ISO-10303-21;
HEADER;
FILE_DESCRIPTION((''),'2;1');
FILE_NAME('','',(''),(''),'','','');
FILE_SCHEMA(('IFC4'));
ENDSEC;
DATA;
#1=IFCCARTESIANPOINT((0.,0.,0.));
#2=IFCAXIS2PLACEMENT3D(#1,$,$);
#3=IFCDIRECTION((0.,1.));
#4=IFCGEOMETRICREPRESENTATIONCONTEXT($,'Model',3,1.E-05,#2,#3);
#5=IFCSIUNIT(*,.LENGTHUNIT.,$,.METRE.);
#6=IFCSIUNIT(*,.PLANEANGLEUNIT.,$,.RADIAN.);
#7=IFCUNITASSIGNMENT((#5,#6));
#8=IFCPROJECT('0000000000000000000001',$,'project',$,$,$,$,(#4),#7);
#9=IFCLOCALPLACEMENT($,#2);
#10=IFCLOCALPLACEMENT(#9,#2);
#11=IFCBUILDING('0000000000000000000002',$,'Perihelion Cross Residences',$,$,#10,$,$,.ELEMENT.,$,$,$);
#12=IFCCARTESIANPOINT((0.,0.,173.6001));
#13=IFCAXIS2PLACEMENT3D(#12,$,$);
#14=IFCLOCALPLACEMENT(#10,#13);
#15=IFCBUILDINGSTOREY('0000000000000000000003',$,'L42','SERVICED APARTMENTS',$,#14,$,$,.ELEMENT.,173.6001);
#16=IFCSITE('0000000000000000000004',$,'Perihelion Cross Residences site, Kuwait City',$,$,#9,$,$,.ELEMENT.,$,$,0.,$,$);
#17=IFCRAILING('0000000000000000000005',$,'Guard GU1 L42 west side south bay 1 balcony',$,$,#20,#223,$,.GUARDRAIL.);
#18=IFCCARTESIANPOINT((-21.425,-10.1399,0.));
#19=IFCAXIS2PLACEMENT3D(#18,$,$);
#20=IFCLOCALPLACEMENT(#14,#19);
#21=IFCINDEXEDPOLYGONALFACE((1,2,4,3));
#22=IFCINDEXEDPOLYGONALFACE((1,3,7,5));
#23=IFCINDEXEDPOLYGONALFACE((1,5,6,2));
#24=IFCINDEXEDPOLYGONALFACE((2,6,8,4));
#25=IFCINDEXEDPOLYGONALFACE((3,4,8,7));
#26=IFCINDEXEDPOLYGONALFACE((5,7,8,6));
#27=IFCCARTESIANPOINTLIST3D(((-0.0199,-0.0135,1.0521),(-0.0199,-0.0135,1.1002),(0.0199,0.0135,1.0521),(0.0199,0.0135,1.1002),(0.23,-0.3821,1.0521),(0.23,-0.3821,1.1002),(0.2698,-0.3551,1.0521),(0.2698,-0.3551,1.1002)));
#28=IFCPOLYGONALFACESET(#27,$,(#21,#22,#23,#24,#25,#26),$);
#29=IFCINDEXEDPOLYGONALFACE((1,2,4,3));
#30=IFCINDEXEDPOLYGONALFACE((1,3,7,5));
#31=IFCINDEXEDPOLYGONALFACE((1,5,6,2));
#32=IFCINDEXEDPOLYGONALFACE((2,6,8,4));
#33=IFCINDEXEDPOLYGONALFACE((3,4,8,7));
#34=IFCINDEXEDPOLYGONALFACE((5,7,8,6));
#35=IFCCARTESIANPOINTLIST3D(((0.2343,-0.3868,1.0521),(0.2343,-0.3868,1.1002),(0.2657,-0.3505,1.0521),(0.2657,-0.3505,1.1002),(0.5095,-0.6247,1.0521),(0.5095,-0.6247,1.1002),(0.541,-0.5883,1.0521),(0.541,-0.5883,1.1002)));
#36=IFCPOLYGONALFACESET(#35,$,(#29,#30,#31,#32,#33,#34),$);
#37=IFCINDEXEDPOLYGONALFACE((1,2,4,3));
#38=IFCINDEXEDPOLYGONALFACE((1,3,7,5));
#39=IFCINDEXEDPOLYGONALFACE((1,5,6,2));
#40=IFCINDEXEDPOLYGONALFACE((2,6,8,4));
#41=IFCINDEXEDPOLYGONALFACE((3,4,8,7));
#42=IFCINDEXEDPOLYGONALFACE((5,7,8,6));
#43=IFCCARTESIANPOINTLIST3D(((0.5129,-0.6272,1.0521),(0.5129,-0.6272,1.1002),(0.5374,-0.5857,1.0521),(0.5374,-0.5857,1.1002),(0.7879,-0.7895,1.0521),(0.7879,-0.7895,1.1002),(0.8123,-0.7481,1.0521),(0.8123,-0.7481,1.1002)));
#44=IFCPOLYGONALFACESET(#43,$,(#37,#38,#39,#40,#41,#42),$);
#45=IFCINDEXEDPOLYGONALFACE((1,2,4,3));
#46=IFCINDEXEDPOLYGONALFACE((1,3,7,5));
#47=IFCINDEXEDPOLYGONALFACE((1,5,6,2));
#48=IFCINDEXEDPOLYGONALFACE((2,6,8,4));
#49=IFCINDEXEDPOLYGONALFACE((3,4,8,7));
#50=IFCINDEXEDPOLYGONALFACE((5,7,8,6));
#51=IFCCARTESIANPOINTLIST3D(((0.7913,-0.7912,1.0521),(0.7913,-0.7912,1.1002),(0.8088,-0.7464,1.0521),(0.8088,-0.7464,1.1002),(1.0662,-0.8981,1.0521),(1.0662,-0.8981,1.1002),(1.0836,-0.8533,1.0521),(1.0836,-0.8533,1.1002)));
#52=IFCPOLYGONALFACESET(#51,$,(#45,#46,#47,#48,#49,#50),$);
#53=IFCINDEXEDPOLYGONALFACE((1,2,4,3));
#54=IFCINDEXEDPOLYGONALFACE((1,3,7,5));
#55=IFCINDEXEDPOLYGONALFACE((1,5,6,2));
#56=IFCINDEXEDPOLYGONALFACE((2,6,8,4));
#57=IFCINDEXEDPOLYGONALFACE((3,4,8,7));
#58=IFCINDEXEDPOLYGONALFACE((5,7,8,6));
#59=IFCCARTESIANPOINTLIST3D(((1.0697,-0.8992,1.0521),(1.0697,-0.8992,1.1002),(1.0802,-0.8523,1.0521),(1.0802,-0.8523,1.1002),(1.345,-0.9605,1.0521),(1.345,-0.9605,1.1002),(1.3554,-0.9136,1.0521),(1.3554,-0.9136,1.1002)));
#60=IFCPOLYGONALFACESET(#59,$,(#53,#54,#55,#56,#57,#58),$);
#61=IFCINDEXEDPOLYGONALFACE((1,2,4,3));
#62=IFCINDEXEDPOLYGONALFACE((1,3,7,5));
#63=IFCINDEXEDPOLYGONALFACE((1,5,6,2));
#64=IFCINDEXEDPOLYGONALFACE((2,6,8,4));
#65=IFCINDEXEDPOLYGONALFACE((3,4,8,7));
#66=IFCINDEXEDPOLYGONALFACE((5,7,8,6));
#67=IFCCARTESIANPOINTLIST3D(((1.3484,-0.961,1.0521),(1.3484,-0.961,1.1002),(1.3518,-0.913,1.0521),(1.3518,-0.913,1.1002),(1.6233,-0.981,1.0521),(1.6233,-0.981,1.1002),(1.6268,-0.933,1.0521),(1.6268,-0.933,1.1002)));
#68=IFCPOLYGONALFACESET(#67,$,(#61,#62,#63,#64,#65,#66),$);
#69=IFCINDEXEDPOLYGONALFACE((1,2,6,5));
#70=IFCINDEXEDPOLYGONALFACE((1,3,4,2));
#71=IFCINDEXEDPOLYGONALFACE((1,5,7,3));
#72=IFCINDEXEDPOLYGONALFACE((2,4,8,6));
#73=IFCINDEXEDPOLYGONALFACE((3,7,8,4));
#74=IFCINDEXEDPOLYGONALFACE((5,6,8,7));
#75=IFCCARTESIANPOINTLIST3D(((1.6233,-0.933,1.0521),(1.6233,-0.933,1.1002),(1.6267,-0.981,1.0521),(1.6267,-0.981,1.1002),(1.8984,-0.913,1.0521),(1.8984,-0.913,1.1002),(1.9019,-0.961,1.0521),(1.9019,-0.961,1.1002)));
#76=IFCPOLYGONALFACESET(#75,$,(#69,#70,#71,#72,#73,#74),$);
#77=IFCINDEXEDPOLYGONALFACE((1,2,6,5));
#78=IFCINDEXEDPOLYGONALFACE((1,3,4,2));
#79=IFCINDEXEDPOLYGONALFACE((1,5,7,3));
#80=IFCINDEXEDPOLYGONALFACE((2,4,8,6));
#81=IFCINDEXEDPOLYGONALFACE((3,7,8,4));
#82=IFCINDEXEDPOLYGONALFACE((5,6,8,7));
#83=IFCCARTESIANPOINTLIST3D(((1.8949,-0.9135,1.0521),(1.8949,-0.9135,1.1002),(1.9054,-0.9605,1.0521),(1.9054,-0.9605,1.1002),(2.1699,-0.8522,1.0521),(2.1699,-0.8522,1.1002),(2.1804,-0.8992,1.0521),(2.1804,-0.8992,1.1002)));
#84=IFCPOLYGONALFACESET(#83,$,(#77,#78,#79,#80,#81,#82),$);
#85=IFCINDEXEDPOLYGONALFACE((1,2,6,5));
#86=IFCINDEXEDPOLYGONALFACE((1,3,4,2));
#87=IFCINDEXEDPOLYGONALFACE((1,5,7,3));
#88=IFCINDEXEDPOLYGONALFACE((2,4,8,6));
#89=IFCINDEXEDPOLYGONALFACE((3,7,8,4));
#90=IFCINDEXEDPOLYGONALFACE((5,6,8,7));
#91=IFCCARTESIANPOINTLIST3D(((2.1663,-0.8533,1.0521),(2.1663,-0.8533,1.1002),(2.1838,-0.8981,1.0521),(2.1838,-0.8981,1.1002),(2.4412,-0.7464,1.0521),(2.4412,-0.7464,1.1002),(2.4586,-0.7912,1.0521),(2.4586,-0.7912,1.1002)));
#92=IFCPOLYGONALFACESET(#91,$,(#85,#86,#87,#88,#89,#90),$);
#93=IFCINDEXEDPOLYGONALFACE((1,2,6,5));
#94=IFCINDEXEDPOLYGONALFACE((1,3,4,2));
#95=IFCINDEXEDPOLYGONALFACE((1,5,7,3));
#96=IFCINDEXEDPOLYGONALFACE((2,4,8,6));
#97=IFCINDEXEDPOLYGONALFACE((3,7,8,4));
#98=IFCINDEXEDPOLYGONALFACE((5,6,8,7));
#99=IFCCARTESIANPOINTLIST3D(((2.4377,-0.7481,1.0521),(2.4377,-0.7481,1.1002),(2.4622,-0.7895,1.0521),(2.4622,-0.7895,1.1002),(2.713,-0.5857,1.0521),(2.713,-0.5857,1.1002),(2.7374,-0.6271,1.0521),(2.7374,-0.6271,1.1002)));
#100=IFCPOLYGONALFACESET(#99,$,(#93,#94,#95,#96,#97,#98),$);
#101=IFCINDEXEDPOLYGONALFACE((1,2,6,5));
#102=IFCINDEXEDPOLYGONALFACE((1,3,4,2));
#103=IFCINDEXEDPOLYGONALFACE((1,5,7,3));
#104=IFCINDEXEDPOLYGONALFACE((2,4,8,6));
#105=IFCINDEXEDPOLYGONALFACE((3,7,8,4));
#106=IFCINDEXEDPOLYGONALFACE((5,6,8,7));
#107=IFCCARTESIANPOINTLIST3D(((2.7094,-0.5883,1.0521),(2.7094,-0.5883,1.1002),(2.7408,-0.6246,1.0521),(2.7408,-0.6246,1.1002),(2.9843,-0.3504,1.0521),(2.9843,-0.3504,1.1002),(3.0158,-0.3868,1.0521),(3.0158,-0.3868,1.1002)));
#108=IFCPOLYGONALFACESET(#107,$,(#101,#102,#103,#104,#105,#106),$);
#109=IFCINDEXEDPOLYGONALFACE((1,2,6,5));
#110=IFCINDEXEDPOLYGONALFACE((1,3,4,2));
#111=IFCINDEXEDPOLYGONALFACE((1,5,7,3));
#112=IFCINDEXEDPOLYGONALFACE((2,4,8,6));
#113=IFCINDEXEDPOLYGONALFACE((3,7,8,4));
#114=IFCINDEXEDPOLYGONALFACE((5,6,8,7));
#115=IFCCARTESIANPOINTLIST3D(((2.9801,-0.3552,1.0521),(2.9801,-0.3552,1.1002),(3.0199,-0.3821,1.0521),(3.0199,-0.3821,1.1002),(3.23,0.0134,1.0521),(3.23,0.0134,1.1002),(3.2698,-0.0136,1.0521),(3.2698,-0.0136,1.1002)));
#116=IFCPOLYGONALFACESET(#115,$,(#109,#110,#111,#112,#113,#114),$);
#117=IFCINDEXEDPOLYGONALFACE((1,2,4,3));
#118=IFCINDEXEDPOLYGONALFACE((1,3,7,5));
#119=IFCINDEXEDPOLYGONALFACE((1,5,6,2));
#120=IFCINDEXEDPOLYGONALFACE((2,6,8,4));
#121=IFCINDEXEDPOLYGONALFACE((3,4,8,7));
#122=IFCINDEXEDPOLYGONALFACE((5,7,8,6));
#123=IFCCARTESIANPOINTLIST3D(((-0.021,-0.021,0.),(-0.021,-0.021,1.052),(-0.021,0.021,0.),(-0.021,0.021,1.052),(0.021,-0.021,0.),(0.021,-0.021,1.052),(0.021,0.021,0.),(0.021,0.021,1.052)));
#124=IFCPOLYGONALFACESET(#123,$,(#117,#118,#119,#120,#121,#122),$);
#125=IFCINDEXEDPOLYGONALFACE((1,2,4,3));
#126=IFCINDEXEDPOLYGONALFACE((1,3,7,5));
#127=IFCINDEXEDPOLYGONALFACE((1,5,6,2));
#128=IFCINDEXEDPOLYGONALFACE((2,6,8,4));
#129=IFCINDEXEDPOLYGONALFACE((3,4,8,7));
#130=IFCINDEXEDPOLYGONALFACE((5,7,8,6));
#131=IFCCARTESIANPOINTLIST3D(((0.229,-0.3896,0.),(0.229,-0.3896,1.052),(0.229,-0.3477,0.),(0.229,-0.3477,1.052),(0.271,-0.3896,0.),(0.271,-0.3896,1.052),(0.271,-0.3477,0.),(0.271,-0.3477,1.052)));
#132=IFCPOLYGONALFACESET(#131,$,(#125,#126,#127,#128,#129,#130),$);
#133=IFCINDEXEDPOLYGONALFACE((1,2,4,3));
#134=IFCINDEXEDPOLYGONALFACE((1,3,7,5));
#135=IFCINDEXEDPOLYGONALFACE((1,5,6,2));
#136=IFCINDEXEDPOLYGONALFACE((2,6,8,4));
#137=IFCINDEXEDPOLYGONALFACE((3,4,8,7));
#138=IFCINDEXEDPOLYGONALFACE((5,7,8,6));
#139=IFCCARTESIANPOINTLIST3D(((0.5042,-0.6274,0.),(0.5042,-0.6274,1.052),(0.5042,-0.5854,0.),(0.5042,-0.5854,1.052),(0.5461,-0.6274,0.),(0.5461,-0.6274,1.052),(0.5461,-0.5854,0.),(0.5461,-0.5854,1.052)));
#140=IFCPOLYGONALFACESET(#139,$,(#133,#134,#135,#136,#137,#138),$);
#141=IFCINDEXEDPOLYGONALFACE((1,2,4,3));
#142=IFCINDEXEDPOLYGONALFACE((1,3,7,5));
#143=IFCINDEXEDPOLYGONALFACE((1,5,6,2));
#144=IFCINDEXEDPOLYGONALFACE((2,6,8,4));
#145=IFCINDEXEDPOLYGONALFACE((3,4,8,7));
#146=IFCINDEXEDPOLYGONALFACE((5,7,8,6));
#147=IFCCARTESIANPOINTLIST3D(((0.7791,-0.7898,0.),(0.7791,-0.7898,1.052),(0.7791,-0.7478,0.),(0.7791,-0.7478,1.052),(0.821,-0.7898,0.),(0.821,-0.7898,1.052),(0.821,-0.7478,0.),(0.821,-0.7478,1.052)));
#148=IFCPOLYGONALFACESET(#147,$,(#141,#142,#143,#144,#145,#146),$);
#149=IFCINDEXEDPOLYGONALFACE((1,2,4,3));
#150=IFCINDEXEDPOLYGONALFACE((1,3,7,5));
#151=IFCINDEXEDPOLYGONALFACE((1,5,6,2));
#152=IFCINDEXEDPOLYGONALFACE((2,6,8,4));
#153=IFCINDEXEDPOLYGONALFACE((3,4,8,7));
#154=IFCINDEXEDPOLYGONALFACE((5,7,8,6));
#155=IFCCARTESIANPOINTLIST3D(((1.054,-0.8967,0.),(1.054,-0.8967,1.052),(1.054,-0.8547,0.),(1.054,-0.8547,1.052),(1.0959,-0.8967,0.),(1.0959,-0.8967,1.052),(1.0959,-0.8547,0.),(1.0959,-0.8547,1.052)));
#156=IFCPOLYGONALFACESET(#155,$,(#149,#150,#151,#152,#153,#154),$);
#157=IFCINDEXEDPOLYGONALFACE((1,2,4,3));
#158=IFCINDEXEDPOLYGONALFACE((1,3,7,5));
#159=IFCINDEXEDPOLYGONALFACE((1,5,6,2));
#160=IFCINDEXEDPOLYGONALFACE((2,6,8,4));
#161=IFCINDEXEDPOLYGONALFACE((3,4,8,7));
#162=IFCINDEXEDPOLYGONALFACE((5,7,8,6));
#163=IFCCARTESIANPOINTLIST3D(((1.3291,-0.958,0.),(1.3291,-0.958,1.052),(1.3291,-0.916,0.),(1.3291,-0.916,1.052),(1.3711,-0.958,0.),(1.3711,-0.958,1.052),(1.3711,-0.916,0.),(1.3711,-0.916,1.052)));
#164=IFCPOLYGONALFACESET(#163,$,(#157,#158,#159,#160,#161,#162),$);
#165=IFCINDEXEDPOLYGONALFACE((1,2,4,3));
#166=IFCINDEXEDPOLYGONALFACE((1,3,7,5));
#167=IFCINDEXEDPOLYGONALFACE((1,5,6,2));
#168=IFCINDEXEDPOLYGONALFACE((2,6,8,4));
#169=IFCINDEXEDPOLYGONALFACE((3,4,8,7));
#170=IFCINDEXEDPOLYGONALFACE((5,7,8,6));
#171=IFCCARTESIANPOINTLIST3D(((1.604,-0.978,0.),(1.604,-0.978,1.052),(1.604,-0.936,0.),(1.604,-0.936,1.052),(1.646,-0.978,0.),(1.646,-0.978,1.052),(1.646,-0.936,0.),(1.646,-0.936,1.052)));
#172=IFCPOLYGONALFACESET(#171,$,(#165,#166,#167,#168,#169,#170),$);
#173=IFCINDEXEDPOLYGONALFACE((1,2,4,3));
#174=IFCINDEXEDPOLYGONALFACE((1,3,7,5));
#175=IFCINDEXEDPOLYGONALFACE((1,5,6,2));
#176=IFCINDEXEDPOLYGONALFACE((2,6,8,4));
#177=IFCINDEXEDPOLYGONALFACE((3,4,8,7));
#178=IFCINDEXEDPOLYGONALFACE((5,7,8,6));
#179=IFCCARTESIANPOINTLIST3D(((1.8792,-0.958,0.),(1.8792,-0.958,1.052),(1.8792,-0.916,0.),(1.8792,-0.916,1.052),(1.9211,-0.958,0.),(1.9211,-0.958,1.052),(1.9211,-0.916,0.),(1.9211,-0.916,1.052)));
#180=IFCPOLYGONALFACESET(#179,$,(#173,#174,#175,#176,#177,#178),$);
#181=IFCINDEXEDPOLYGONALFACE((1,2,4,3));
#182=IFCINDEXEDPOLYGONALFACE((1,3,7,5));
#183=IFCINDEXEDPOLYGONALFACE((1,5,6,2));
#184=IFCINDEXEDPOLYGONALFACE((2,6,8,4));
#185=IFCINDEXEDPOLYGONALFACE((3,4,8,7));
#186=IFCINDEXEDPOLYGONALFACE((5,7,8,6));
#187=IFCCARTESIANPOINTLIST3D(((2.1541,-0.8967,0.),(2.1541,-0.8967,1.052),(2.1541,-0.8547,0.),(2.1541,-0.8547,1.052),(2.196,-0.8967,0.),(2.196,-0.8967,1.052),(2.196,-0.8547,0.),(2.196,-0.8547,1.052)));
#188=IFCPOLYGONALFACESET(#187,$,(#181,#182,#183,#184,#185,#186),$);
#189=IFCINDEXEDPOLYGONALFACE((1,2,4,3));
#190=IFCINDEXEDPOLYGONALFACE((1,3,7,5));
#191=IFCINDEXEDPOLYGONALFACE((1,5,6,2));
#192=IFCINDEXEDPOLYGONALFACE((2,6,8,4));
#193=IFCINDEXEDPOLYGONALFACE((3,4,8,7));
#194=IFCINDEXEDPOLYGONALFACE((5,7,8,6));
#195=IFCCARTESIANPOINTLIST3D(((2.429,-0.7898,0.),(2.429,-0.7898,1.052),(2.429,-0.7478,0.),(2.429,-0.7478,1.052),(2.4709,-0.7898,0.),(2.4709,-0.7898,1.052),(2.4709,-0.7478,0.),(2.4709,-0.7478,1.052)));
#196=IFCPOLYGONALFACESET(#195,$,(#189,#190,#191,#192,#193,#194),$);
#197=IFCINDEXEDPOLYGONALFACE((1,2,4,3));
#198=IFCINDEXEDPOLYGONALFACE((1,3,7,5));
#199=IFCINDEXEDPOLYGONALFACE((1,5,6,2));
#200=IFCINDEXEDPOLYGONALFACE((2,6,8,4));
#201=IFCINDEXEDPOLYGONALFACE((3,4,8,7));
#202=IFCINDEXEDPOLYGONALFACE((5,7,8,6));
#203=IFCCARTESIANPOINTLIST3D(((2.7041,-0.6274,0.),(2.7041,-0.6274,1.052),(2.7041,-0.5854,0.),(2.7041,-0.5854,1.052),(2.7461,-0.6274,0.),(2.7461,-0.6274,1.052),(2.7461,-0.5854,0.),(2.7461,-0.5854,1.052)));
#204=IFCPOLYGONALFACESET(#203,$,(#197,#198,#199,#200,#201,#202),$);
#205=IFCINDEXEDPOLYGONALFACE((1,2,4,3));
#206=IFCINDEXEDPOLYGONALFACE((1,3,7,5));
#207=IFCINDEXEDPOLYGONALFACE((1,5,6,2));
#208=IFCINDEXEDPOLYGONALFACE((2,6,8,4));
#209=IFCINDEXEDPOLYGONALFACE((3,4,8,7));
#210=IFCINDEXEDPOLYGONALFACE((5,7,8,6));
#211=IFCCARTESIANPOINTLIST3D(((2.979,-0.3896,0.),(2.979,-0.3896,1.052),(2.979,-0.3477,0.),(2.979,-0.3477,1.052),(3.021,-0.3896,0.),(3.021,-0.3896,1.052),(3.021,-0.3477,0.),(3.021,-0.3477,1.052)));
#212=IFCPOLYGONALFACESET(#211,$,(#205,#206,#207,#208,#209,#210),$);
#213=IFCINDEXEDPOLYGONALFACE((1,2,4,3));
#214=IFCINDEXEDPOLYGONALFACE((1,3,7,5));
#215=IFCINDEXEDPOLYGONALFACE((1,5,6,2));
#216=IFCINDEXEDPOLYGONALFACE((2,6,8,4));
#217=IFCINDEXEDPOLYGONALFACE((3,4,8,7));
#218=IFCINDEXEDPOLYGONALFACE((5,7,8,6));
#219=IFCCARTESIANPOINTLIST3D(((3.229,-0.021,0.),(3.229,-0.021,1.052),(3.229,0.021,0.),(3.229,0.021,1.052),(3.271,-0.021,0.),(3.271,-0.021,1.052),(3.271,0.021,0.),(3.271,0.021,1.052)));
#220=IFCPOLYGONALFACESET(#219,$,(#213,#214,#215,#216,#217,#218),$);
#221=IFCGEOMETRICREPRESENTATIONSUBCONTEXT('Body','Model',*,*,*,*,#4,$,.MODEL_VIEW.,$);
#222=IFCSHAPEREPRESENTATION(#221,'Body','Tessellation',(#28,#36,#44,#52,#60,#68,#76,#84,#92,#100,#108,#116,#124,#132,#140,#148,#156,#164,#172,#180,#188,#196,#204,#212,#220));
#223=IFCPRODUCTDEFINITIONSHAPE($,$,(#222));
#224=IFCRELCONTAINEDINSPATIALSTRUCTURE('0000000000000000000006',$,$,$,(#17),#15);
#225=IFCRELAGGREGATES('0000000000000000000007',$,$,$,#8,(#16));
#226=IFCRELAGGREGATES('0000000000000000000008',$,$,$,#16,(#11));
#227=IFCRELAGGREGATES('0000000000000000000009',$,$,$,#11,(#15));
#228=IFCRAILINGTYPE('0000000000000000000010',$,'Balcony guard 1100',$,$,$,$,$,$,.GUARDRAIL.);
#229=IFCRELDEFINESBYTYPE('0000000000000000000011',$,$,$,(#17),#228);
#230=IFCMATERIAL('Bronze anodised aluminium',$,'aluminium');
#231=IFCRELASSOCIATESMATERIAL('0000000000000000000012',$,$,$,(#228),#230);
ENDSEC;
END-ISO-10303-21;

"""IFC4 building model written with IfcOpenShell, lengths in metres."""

from ifc_helpers import new_model, si_unit, direction, frame, origin, origin_2d, place, context, subcontext, project, spatial, rectangle, extrude, material, type_object, element, save


model = new_model("IFC4")

# Units and contexts
model_context = context("Model", 3, precision=1e-05, world=origin(), true_north=direction((0.0, 1.0)))
body_context = subcontext(model_context, "Body", "Model", "MODEL_VIEW")
ifc_project = project(units=[si_unit("LENGTHUNIT", "METRE"), si_unit("PLANEANGLEUNIT", "RADIAN")], contexts=[model_context])

# Site, building, storey
site_placement = place(None, origin())
site = spatial("IfcSite", under=ifc_project, at=site_placement, Name="Perihelion Cross Residences site, Kuwait City", CompositionType="ELEMENT", RefElevation=0.0)
building_placement = place(site_placement, origin())
building = spatial("IfcBuilding", under=site, at=building_placement, Name="Perihelion Cross Residences", CompositionType="ELEMENT")
storey_placement = place(building_placement, frame((0.0, 0.0, 173.6001)))
storey = spatial("IfcBuildingStorey", under=building, at=storey_placement, Name="L42", Description="SERVICED APARTMENTS", CompositionType="ELEMENT", Elevation=173.6001)

# Railing
ifc_material_1 = material(Name="Bronze anodised aluminium", Category="aluminium")
railing_type_1 = type_object("IfcRailingType", Name="Balcony guard 1100", PredefinedType="GUARDRAIL", material=ifc_material_1)
railing_1_placement = place(storey_placement, frame((-21.425, -10.1399, 0.0)))
element("IfcRailing", 1, at=railing_1_placement, inside=storey, type_object=railing_type_1, Name="Guard GU1 L42 west side south bay 1 balcony", PredefinedType="GUARDRAIL", context=body_context, shape_type="SweptSolid", body=[
    extrude(rectangle(XDim=0.0481, YDim=0.0481, at=origin_2d()), frame((0.0, 0.0, 1.0762), z_axis=(0.56126, -0.827639, 0.0), x_axis=(0.827639, 0.56126, 0.0)), (0.0, 0.0, 1.0), 0.4453),
    extrude(rectangle(XDim=0.0481, YDim=0.0481, at=origin_2d()), frame((0.25, -0.3687, 1.0762), z_axis=(0.756597, -0.653882, 0.0), x_axis=(0.653882, 0.756597, 0.0)), (0.0, 0.0, 1.0), 0.3638),
    extrude(rectangle(XDim=0.0481, YDim=0.0481, at=origin_2d()), frame((0.5251, -0.6064, 1.0762), z_axis=(0.861048, -0.508523, 0.0), x_axis=(0.508523, 0.861048, 0.0)), (0.0, 0.0, 1.0), 0.3193),
    extrude(rectangle(XDim=0.0481, YDim=0.0481, at=origin_2d()), frame((0.8, -0.7688, 1.0762), z_axis=(0.931974, -0.362526, 0.0), x_axis=(0.362526, 0.931974, 0.0)), (0.0, 0.0, 1.0), 0.2949),
    extrude(rectangle(XDim=0.0481, YDim=0.0481, at=origin_2d()), frame((1.075, -0.8757, 1.0762), z_axis=(0.976085, -0.217389, 0.0), x_axis=(0.217389, 0.976085, 0.0)), (0.0, 0.0, 1.0), 0.282),
    extrude(rectangle(XDim=0.0481, YDim=0.0481, at=origin_2d()), frame((1.3501, -0.937, 1.0762), z_axis=(0.997359, -0.072632, 0.0), x_axis=(0.072632, 0.997359, 0.0)), (0.0, 0.0, 1.0), 0.2756),
    extrude(rectangle(XDim=0.0481, YDim=0.0481, at=origin_2d()), frame((1.625, -0.957, 1.0762), z_axis=(0.997363, 0.072568, 0.0), x_axis=(-0.072568, 0.997363, 0.0)), (0.0, 0.0, 1.0), 0.2759),
    extrude(rectangle(XDim=0.0481, YDim=0.0481, at=origin_2d()), frame((1.9001, -0.937, 1.0762), z_axis=(0.976044, 0.217573, 0.0), x_axis=(-0.217573, 0.976044, 0.0)), (0.0, 0.0, 1.0), 0.2817),
    extrude(rectangle(XDim=0.0481, YDim=0.0481, at=origin_2d()), frame((2.175, -0.8757, 1.0762), z_axis=(0.931974, 0.362526, 0.0), x_axis=(-0.362526, 0.931974, 0.0)), (0.0, 0.0, 1.0), 0.2949),
    extrude(rectangle(XDim=0.0481, YDim=0.0481, at=origin_2d()), frame((2.45, -0.7688, 1.0762), z_axis=(0.861246, 0.508189, 0.0), x_axis=(-0.508189, 0.861246, 0.0)), (0.0, 0.0, 1.0), 0.3196),
    extrude(rectangle(XDim=0.0481, YDim=0.0481, at=origin_2d()), frame((2.7251, -0.6064, 1.0762), z_axis=(0.756309, 0.654214, 0.0), x_axis=(-0.654214, 0.756309, 0.0)), (0.0, 0.0, 1.0), 0.3635),
    extrude(rectangle(XDim=0.0481, YDim=0.0481, at=origin_2d()), frame((3.0, -0.3687, 1.0762), z_axis=(0.56126, 0.827639, 0.0), x_axis=(-0.827639, 0.56126, 0.0)), (0.0, 0.0, 1.0), 0.4453),
    extrude(rectangle(XDim=0.042, YDim=0.042, at=origin_2d()), origin(), (0.0, 0.0, 1.0), 1.052),
    extrude(rectangle(XDim=0.042, YDim=0.042, at=origin_2d()), frame((0.25, -0.3687, 0.0)), (0.0, 0.0, 1.0), 1.052),
    extrude(rectangle(XDim=0.042, YDim=0.042, at=origin_2d()), frame((0.5251, -0.6064, 0.0)), (0.0, 0.0, 1.0), 1.052),
    extrude(rectangle(XDim=0.042, YDim=0.042, at=origin_2d()), frame((0.8, -0.7688, 0.0)), (0.0, 0.0, 1.0), 1.052),
    extrude(rectangle(XDim=0.042, YDim=0.042, at=origin_2d()), frame((1.075, -0.8757, 0.0)), (0.0, 0.0, 1.0), 1.052),
    extrude(rectangle(XDim=0.042, YDim=0.042, at=origin_2d()), frame((1.3501, -0.937, 0.0)), (0.0, 0.0, 1.0), 1.052),
    extrude(rectangle(XDim=0.042, YDim=0.042, at=origin_2d()), frame((1.625, -0.957, 0.0)), (0.0, 0.0, 1.0), 1.052),
    extrude(rectangle(XDim=0.042, YDim=0.042, at=origin_2d()), frame((1.9001, -0.937, 0.0)), (0.0, 0.0, 1.0), 1.052),
    extrude(rectangle(XDim=0.042, YDim=0.042, at=origin_2d()), frame((2.175, -0.8757, 0.0)), (0.0, 0.0, 1.0), 1.052),
    extrude(rectangle(XDim=0.042, YDim=0.042, at=origin_2d()), frame((2.45, -0.7688, 0.0)), (0.0, 0.0, 1.0), 1.052),
    extrude(rectangle(XDim=0.042, YDim=0.042, at=origin_2d()), frame((2.7251, -0.6064, 0.0)), (0.0, 0.0, 1.0), 1.052),
    extrude(rectangle(XDim=0.042, YDim=0.042, at=origin_2d()), frame((3.0, -0.3687, 0.0)), (0.0, 0.0, 1.0), 1.052),
    extrude(rectangle(XDim=0.042, YDim=0.042, at=origin_2d()), frame((3.25, 0.0, 0.0)), (0.0, 0.0, 1.0), 1.052),
])

save(model, "model.ifc")
